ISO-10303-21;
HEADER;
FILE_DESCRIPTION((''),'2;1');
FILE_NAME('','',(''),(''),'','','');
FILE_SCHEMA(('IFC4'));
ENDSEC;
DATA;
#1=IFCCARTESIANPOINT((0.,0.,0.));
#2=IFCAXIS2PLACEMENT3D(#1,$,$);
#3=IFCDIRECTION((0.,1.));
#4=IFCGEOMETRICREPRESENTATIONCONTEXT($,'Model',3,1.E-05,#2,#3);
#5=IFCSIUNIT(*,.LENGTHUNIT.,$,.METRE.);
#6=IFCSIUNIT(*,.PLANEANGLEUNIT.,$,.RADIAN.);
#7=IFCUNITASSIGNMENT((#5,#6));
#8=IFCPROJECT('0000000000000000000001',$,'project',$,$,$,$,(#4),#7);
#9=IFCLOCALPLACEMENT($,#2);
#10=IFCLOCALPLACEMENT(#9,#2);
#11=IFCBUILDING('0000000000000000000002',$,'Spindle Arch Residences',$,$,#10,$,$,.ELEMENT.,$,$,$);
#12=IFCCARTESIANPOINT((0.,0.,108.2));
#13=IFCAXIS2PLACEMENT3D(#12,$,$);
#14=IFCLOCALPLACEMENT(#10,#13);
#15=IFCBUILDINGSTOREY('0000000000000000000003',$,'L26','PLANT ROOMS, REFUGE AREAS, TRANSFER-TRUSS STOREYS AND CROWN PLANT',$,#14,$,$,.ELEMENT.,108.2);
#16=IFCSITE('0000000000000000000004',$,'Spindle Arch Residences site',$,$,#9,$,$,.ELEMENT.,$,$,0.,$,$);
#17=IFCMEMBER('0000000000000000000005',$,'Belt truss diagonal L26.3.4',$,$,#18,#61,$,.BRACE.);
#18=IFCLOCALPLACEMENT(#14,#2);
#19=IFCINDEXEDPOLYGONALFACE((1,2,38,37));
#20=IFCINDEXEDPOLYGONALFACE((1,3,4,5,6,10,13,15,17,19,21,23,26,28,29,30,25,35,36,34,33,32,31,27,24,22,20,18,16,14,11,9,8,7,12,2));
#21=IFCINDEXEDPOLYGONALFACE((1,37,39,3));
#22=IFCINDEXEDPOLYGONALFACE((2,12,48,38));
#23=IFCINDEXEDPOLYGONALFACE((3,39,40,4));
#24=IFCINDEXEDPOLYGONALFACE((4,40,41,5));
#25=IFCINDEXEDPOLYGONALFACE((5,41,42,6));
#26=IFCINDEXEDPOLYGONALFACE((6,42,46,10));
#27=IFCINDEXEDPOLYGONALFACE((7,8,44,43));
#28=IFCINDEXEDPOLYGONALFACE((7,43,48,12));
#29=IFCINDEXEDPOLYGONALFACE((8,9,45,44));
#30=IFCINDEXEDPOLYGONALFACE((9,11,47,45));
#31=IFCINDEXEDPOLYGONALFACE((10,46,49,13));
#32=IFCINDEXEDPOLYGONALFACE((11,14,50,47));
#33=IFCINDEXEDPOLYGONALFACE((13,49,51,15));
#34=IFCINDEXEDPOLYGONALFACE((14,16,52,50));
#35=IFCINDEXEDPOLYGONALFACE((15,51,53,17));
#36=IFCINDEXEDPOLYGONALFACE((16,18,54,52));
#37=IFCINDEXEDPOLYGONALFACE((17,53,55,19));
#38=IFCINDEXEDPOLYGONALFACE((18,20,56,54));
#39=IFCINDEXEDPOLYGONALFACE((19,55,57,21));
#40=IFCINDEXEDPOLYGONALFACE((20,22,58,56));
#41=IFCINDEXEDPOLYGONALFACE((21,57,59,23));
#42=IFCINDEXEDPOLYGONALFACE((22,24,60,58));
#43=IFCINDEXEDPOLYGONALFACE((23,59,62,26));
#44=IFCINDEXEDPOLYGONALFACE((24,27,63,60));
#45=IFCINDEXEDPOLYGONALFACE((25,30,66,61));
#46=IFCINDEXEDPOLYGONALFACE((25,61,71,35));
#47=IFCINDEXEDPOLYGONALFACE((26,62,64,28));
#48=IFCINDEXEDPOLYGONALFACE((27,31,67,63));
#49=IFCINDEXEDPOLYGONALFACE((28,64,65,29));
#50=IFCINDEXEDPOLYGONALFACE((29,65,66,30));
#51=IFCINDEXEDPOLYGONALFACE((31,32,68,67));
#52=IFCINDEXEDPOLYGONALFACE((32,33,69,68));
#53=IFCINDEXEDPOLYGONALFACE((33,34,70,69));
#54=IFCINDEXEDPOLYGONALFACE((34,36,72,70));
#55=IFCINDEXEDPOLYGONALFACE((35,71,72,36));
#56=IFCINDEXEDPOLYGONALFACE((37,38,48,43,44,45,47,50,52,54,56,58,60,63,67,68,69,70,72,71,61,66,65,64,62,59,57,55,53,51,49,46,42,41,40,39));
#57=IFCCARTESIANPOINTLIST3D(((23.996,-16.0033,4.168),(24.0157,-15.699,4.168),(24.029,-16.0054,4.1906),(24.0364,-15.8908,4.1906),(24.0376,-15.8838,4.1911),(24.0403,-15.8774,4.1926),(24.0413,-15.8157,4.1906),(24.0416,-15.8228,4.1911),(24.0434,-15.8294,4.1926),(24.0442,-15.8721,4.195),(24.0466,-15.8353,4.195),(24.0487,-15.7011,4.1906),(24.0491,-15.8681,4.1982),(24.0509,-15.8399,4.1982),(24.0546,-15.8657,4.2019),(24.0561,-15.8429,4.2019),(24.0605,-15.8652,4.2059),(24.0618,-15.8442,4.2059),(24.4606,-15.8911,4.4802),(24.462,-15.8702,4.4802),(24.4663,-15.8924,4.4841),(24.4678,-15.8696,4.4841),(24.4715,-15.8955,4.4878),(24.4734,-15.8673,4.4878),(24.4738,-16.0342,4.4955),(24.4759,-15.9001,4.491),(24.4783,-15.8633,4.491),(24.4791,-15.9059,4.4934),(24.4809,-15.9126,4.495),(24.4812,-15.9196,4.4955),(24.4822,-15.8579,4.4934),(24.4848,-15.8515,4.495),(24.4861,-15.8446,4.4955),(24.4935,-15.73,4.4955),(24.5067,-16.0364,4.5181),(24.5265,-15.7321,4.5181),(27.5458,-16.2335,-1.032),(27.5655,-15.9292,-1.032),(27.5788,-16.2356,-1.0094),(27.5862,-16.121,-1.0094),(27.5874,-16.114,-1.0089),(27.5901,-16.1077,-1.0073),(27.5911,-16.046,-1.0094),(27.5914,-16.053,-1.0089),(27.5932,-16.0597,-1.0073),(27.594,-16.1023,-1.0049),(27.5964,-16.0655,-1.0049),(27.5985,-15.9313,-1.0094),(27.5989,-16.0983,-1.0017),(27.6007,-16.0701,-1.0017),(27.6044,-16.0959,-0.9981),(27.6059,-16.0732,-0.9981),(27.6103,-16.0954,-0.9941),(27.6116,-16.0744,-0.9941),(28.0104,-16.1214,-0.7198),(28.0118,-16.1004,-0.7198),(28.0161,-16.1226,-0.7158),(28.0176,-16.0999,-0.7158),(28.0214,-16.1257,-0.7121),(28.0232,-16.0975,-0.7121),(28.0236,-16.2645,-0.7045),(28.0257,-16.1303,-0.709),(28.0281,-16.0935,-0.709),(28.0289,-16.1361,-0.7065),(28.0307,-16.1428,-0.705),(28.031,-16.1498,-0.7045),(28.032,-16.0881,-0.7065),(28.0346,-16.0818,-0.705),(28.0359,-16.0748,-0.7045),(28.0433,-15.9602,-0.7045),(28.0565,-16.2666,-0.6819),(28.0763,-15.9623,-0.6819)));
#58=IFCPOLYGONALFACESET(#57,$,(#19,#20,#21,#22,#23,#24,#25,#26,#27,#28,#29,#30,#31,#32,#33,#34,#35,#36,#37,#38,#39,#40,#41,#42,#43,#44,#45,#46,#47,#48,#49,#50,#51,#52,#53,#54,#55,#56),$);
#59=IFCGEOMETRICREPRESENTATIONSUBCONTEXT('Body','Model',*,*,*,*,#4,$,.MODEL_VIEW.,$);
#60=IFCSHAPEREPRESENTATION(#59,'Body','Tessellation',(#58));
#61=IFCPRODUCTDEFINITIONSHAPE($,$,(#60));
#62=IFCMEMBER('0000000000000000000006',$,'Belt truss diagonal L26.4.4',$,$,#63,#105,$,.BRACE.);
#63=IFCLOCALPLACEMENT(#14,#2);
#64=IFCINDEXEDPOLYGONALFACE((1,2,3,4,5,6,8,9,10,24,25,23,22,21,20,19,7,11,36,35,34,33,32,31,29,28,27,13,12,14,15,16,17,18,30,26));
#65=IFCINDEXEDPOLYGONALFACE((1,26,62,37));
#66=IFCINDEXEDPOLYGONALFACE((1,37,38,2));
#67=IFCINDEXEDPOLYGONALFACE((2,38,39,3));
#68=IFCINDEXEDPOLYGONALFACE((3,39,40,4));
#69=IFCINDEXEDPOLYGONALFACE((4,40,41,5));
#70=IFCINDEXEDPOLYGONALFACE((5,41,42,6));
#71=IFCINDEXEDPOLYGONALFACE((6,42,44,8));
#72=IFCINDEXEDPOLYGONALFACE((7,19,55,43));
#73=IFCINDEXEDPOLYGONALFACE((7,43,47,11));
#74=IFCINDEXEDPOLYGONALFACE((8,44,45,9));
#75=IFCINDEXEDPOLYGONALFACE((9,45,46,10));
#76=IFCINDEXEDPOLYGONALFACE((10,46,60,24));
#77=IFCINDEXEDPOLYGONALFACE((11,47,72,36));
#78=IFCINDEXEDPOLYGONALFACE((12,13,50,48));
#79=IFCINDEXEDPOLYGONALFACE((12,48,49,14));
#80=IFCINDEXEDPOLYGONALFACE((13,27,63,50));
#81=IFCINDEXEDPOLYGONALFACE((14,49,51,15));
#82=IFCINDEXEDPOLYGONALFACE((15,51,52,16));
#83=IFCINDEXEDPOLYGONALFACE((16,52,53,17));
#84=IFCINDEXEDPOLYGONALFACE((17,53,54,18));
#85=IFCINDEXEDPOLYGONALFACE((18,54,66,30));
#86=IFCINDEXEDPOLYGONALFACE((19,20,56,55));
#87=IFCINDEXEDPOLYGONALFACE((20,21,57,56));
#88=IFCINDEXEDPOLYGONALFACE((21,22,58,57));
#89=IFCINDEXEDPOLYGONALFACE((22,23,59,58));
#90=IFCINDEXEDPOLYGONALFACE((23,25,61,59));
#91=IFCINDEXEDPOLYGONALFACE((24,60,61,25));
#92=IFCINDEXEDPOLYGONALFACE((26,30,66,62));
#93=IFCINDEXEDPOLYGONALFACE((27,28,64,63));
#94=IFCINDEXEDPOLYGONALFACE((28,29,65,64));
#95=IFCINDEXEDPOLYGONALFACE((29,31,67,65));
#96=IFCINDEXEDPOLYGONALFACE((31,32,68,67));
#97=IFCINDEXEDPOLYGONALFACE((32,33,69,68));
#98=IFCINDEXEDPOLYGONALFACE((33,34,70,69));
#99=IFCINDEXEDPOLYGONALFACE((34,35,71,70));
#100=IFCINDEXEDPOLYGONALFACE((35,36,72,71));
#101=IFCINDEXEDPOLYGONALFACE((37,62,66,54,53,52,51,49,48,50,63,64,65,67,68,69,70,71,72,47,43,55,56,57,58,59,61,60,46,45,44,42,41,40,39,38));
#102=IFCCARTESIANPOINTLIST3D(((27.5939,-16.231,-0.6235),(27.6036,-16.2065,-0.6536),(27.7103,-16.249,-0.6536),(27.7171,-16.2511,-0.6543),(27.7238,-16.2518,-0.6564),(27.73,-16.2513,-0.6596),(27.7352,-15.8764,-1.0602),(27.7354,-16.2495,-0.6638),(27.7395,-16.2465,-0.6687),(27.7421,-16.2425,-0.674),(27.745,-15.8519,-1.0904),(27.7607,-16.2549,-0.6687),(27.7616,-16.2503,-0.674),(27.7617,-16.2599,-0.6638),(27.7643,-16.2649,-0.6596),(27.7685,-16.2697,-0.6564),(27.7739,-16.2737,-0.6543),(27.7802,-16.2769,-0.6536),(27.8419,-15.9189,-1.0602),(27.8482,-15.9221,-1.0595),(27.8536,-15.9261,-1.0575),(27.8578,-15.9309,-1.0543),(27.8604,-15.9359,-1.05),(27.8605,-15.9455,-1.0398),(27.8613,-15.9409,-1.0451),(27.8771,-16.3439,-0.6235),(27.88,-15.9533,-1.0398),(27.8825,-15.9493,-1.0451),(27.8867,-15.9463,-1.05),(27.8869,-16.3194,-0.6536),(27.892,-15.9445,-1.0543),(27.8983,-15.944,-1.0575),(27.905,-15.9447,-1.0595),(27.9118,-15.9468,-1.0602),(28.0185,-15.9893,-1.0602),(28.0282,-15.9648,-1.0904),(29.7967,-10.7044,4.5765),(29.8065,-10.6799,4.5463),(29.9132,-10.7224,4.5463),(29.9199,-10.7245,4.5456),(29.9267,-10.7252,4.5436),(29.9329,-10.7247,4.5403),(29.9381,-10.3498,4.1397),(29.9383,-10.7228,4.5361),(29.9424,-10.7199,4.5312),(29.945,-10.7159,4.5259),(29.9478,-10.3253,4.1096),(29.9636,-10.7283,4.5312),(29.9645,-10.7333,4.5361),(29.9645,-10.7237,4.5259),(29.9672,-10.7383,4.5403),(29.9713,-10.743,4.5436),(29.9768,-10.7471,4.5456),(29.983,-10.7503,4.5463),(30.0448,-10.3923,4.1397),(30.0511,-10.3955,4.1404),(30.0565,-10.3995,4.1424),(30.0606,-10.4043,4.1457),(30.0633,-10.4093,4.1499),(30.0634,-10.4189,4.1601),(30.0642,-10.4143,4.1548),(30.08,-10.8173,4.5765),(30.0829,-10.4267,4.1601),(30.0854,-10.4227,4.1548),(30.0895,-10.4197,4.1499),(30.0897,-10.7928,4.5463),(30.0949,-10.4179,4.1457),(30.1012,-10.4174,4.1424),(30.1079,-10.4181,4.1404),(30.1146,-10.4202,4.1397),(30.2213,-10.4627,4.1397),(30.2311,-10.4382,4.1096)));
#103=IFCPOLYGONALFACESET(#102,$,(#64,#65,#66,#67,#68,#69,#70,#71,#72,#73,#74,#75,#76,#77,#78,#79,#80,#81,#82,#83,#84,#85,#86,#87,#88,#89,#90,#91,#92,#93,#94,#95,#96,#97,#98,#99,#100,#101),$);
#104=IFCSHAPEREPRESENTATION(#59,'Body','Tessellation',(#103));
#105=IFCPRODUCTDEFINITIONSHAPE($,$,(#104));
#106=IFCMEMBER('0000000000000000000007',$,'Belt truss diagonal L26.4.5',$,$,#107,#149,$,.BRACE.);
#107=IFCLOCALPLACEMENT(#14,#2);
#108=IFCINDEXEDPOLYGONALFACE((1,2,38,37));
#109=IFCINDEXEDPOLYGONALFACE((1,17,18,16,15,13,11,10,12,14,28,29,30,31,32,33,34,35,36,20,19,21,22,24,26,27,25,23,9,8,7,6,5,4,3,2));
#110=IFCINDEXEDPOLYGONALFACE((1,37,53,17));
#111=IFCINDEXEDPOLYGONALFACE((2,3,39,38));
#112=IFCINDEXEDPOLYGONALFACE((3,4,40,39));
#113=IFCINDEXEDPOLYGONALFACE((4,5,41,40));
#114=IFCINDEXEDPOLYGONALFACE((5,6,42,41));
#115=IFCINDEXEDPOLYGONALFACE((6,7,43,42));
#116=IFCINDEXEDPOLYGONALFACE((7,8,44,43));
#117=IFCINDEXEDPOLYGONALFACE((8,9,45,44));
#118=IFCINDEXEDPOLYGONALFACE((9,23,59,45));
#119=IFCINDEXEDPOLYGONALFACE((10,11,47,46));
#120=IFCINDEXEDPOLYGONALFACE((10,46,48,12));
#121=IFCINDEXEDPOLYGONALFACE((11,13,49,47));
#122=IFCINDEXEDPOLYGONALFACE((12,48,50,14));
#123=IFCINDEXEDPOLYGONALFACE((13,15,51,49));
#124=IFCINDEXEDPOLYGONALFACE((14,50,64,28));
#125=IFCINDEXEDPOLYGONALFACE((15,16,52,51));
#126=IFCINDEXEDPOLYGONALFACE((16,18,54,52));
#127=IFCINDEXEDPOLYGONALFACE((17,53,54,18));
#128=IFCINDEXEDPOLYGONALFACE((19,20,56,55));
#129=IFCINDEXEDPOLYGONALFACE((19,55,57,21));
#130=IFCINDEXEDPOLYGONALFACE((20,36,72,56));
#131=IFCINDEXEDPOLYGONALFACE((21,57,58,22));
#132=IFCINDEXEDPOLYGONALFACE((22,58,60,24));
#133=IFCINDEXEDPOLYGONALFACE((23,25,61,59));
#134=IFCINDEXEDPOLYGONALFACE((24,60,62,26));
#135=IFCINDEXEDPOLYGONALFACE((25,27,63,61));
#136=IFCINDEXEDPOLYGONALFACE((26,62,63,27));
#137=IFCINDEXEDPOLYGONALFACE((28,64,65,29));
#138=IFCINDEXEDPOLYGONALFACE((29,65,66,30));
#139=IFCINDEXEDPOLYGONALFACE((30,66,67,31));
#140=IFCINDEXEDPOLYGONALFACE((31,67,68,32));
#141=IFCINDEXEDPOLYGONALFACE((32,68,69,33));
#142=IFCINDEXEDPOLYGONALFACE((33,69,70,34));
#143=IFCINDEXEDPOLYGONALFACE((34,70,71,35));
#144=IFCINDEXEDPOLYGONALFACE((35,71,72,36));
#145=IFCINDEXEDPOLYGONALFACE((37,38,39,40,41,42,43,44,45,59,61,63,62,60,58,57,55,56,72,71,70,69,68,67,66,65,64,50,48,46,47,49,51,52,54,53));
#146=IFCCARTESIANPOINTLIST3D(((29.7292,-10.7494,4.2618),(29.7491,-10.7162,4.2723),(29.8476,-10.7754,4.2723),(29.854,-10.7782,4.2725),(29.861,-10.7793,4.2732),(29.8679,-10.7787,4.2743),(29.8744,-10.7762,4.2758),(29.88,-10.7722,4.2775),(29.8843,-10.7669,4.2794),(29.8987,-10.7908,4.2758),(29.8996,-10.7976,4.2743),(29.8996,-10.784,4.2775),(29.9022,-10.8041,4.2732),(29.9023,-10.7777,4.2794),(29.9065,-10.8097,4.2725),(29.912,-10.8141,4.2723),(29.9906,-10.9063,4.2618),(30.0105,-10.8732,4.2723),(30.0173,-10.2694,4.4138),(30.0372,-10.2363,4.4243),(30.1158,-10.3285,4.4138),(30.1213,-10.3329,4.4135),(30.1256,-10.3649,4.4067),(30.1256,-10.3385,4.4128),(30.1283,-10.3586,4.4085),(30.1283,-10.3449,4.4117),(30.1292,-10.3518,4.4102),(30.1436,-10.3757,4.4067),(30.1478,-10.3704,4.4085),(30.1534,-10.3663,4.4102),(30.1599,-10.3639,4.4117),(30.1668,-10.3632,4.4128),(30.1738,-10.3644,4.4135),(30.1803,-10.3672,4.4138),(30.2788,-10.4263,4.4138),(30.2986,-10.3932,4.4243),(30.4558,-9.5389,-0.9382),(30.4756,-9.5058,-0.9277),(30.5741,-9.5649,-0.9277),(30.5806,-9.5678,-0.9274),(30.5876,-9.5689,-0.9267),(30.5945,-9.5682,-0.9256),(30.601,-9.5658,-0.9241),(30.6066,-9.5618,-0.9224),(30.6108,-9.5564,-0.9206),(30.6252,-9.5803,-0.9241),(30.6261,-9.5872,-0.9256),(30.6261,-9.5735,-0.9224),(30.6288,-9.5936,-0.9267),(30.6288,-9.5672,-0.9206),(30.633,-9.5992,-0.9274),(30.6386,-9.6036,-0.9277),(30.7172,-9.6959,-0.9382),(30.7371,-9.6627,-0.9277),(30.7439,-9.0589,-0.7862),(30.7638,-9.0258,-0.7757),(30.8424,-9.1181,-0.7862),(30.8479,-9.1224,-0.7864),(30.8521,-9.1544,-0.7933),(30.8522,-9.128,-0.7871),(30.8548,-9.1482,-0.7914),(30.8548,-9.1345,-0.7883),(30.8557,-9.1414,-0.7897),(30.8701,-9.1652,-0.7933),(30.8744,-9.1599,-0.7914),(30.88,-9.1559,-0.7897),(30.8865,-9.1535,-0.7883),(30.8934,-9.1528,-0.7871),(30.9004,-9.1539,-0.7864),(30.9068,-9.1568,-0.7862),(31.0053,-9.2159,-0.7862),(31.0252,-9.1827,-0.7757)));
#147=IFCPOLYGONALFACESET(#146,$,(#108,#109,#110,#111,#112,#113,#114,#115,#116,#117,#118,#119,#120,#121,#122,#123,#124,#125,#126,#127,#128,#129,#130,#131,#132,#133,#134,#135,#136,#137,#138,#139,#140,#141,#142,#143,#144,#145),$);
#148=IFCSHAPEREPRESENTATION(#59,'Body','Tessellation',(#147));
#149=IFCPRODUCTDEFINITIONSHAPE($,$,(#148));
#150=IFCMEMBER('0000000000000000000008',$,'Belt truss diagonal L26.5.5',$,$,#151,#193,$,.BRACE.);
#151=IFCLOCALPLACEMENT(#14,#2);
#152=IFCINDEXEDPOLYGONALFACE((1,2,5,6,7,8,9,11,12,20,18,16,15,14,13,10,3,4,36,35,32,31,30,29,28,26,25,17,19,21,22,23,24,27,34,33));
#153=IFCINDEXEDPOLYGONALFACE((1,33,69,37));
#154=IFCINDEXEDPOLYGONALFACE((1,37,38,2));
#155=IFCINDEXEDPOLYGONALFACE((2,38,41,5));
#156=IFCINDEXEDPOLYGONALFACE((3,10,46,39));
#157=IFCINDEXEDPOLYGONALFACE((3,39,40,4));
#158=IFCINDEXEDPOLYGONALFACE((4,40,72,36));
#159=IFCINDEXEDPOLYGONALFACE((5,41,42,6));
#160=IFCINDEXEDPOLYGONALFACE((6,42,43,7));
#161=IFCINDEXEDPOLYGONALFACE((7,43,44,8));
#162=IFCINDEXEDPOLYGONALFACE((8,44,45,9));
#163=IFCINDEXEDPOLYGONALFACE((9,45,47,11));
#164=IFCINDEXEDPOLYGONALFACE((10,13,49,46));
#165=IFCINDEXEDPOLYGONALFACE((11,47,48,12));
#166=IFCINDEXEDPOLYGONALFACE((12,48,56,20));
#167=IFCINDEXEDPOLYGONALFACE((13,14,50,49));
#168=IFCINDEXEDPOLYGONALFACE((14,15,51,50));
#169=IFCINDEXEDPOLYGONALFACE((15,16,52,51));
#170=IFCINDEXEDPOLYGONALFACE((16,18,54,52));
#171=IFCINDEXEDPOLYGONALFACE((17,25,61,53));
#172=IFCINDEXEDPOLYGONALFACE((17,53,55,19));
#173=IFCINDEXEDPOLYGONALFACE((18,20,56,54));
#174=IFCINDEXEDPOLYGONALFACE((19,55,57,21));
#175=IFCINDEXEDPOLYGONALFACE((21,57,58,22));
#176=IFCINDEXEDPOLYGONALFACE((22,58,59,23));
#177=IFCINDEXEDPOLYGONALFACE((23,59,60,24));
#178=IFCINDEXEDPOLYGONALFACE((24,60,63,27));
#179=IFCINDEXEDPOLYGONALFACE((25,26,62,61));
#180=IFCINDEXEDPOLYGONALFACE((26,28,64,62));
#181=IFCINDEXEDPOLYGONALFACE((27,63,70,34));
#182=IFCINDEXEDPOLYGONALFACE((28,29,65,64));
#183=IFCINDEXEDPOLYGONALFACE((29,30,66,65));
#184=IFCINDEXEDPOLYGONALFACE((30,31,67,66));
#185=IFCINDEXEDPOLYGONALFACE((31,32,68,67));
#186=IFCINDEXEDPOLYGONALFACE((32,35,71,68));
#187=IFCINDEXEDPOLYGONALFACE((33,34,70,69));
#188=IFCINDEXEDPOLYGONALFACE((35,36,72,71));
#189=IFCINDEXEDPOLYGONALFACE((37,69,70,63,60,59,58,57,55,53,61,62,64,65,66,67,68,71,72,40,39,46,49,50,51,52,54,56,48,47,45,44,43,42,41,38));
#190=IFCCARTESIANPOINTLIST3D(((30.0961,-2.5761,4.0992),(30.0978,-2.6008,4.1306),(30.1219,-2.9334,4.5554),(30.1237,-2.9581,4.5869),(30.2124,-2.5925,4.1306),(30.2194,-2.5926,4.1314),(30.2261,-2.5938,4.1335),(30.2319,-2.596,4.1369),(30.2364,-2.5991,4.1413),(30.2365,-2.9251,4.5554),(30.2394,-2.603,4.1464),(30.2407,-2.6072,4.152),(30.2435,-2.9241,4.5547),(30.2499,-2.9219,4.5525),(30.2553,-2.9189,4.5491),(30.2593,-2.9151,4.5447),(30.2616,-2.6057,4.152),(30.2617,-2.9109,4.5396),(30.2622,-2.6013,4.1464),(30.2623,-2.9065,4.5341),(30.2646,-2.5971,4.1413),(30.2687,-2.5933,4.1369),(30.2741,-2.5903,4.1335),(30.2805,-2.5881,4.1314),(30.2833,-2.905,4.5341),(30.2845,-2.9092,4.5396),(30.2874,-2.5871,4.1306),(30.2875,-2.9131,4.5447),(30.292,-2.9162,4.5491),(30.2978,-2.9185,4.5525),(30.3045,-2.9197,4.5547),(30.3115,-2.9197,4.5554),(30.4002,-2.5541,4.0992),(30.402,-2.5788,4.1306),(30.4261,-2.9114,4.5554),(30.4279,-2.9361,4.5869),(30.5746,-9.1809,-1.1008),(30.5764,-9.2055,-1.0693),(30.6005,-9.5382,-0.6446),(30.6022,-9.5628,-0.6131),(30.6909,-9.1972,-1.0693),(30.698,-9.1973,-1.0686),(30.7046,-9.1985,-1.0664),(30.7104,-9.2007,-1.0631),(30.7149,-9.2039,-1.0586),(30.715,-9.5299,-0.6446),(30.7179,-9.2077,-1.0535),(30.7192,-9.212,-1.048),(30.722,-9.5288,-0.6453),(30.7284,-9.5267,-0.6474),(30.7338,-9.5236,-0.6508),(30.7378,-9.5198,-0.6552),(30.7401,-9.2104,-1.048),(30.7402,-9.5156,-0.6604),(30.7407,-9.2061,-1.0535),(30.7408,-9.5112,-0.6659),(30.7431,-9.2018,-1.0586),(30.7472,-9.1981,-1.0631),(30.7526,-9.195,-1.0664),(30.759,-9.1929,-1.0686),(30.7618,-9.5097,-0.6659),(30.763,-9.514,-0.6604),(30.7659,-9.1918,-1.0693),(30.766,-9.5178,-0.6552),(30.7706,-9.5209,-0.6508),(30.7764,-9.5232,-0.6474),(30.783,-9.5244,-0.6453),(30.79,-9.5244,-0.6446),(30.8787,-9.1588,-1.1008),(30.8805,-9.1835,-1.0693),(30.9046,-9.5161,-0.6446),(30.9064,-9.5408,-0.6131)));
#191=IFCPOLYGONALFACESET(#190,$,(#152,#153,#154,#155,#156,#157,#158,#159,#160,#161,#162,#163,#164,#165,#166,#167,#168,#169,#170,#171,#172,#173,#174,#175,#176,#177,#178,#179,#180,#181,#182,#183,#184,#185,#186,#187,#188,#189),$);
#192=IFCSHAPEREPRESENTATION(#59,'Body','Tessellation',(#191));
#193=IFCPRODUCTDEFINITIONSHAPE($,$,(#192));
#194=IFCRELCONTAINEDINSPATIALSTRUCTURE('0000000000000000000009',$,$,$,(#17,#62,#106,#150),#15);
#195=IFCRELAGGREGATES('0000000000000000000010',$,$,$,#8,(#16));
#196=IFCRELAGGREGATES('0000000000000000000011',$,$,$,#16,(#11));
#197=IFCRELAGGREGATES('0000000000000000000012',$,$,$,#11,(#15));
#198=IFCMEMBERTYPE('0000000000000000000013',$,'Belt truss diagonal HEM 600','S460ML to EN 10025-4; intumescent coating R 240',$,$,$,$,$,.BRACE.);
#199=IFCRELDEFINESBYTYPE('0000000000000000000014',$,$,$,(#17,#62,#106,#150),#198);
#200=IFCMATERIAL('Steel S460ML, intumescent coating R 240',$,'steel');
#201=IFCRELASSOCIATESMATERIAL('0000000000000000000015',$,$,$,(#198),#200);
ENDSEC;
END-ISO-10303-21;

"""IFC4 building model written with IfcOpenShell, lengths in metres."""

from ifc_helpers import new_model, si_unit, direction, frame, origin, origin_2d, place, context, subcontext, project, spatial, i_section, extrude, material, material_profile, profile_set, type_object, element, save


model = new_model("IFC4")

# Units and contexts
model_context = context("Model", 3, precision=1e-05, world=origin(), true_north=direction((0.0, 1.0)))
body_context = subcontext(model_context, "Body", "Model", "MODEL_VIEW")
ifc_project = project(units=[si_unit("LENGTHUNIT", "METRE"), si_unit("PLANEANGLEUNIT", "RADIAN")], contexts=[model_context])

# Site, building, storey
site_placement = place(None, origin())
site = spatial("IfcSite", under=ifc_project, at=site_placement, Name="Spindle Arch Residences site", CompositionType="ELEMENT", RefElevation=0.0)
building_placement = place(site_placement, origin())
building = spatial("IfcBuilding", under=site, at=building_placement, Name="Spindle Arch Residences", CompositionType="ELEMENT")
storey_placement = place(building_placement, frame((0.0, 0.0, 108.2)))
storey = spatial("IfcBuildingStorey", under=building, at=storey_placement, Name="L26", Description="PLANT ROOMS, REFUGE AREAS, TRANSFER-TRUSS STOREYS AND CROWN PLANT", CompositionType="ELEMENT", Elevation=108.2)

# Members
ifc_material_1 = material(Name="Steel S460ML, intumescent coating R 240", Category="steel")
ifc_material_profile_1 = material_profile(ifc_material_1, i_section(OverallWidth=0.3049, OverallDepth=0.6201, WebThickness=0.021, FlangeThickness=0.04, FilletRadius=0.0271, at=origin_2d()), Name="HEM 600")
ifc_profile_set_1 = profile_set([ifc_material_profile_1], Name="Steel S460ML, intumescent coating R 240")
member_type_1 = type_object("IfcMemberType", Name="Belt truss diagonal HEM 600", Description="S460ML to EN 10025-4; intumescent coating R 240", PredefinedType="BRACE", material=ifc_profile_set_1)
member_1_placement = place(storey_placement, frame((27.811, -16.0979, -0.8569), z_axis=(-0.563435, 0.036542, 0.825352), x_axis=(-0.06472, -0.997903, 0.0)))
element("IfcMember", 1, at=member_1_placement, inside=storey, type_object=member_type_1, Name="Belt truss diagonal L26.3.4", PredefinedType="BRACE", context=body_context, shape_type="SweptSolid", body=[
    extrude(i_section(OverallWidth=0.3049, OverallDepth=0.6201, WebThickness=0.021, FlangeThickness=0.04, FilletRadius=0.0271, at=origin_2d()), origin(), (0.0, 0.0, 1.0), 6.3003),
])
member_2_placement = place(storey_placement, frame((27.811, -16.0979, -0.8569), z_axis=(0.278788, 0.699428, 0.658087), x_axis=(-0.928926, 0.370265, 0.0)))
element("IfcMember", 2, at=member_2_placement, inside=storey, type_object=member_type_1, Name="Belt truss diagonal L26.4.4", PredefinedType="BRACE", context=body_context, shape_type="SweptSolid", body=[
    extrude(i_section(OverallWidth=0.3049, OverallDepth=0.6201, WebThickness=0.021, FlangeThickness=0.04, FilletRadius=0.0271, at=origin_2d()), origin(), (0.0, 0.0, 1.0), 7.9016),
])
member_3_placement = place(storey_placement, frame((30.7405, -9.3608, -0.8569), z_axis=(-0.134844, -0.224649, 0.965065), x_axis=(0.857401, -0.514648, 0.0)))
element("IfcMember", 3, at=member_3_placement, inside=storey, type_object=member_type_1, Name="Belt truss diagonal L26.4.5", PredefinedType="BRACE", context=body_context, shape_type="SweptSolid", body=[
    extrude(i_section(OverallWidth=0.3049, OverallDepth=0.6201, WebThickness=0.021, FlangeThickness=0.04, FilletRadius=0.0271, at=origin_2d()), origin(), (0.0, 0.0, 1.0), 5.3882),
])
member_4_placement = place(storey_placement, frame((30.7405, -9.3608, -0.8569), z_axis=(-0.056833, 0.78444, 0.617595), x_axis=(-0.997386, -0.072261, 0.0)))
element("IfcMember", 4, at=member_4_placement, inside=storey, type_object=member_type_1, Name="Belt truss diagonal L26.5.5", PredefinedType="BRACE", context=body_context, shape_type="SweptSolid", body=[
    extrude(i_section(OverallWidth=0.3049, OverallDepth=0.6201, WebThickness=0.021, FlangeThickness=0.04, FilletRadius=0.0271, at=origin_2d()), origin(), (0.0, 0.0, 1.0), 8.4197),
])

save(model, "model.ifc")
